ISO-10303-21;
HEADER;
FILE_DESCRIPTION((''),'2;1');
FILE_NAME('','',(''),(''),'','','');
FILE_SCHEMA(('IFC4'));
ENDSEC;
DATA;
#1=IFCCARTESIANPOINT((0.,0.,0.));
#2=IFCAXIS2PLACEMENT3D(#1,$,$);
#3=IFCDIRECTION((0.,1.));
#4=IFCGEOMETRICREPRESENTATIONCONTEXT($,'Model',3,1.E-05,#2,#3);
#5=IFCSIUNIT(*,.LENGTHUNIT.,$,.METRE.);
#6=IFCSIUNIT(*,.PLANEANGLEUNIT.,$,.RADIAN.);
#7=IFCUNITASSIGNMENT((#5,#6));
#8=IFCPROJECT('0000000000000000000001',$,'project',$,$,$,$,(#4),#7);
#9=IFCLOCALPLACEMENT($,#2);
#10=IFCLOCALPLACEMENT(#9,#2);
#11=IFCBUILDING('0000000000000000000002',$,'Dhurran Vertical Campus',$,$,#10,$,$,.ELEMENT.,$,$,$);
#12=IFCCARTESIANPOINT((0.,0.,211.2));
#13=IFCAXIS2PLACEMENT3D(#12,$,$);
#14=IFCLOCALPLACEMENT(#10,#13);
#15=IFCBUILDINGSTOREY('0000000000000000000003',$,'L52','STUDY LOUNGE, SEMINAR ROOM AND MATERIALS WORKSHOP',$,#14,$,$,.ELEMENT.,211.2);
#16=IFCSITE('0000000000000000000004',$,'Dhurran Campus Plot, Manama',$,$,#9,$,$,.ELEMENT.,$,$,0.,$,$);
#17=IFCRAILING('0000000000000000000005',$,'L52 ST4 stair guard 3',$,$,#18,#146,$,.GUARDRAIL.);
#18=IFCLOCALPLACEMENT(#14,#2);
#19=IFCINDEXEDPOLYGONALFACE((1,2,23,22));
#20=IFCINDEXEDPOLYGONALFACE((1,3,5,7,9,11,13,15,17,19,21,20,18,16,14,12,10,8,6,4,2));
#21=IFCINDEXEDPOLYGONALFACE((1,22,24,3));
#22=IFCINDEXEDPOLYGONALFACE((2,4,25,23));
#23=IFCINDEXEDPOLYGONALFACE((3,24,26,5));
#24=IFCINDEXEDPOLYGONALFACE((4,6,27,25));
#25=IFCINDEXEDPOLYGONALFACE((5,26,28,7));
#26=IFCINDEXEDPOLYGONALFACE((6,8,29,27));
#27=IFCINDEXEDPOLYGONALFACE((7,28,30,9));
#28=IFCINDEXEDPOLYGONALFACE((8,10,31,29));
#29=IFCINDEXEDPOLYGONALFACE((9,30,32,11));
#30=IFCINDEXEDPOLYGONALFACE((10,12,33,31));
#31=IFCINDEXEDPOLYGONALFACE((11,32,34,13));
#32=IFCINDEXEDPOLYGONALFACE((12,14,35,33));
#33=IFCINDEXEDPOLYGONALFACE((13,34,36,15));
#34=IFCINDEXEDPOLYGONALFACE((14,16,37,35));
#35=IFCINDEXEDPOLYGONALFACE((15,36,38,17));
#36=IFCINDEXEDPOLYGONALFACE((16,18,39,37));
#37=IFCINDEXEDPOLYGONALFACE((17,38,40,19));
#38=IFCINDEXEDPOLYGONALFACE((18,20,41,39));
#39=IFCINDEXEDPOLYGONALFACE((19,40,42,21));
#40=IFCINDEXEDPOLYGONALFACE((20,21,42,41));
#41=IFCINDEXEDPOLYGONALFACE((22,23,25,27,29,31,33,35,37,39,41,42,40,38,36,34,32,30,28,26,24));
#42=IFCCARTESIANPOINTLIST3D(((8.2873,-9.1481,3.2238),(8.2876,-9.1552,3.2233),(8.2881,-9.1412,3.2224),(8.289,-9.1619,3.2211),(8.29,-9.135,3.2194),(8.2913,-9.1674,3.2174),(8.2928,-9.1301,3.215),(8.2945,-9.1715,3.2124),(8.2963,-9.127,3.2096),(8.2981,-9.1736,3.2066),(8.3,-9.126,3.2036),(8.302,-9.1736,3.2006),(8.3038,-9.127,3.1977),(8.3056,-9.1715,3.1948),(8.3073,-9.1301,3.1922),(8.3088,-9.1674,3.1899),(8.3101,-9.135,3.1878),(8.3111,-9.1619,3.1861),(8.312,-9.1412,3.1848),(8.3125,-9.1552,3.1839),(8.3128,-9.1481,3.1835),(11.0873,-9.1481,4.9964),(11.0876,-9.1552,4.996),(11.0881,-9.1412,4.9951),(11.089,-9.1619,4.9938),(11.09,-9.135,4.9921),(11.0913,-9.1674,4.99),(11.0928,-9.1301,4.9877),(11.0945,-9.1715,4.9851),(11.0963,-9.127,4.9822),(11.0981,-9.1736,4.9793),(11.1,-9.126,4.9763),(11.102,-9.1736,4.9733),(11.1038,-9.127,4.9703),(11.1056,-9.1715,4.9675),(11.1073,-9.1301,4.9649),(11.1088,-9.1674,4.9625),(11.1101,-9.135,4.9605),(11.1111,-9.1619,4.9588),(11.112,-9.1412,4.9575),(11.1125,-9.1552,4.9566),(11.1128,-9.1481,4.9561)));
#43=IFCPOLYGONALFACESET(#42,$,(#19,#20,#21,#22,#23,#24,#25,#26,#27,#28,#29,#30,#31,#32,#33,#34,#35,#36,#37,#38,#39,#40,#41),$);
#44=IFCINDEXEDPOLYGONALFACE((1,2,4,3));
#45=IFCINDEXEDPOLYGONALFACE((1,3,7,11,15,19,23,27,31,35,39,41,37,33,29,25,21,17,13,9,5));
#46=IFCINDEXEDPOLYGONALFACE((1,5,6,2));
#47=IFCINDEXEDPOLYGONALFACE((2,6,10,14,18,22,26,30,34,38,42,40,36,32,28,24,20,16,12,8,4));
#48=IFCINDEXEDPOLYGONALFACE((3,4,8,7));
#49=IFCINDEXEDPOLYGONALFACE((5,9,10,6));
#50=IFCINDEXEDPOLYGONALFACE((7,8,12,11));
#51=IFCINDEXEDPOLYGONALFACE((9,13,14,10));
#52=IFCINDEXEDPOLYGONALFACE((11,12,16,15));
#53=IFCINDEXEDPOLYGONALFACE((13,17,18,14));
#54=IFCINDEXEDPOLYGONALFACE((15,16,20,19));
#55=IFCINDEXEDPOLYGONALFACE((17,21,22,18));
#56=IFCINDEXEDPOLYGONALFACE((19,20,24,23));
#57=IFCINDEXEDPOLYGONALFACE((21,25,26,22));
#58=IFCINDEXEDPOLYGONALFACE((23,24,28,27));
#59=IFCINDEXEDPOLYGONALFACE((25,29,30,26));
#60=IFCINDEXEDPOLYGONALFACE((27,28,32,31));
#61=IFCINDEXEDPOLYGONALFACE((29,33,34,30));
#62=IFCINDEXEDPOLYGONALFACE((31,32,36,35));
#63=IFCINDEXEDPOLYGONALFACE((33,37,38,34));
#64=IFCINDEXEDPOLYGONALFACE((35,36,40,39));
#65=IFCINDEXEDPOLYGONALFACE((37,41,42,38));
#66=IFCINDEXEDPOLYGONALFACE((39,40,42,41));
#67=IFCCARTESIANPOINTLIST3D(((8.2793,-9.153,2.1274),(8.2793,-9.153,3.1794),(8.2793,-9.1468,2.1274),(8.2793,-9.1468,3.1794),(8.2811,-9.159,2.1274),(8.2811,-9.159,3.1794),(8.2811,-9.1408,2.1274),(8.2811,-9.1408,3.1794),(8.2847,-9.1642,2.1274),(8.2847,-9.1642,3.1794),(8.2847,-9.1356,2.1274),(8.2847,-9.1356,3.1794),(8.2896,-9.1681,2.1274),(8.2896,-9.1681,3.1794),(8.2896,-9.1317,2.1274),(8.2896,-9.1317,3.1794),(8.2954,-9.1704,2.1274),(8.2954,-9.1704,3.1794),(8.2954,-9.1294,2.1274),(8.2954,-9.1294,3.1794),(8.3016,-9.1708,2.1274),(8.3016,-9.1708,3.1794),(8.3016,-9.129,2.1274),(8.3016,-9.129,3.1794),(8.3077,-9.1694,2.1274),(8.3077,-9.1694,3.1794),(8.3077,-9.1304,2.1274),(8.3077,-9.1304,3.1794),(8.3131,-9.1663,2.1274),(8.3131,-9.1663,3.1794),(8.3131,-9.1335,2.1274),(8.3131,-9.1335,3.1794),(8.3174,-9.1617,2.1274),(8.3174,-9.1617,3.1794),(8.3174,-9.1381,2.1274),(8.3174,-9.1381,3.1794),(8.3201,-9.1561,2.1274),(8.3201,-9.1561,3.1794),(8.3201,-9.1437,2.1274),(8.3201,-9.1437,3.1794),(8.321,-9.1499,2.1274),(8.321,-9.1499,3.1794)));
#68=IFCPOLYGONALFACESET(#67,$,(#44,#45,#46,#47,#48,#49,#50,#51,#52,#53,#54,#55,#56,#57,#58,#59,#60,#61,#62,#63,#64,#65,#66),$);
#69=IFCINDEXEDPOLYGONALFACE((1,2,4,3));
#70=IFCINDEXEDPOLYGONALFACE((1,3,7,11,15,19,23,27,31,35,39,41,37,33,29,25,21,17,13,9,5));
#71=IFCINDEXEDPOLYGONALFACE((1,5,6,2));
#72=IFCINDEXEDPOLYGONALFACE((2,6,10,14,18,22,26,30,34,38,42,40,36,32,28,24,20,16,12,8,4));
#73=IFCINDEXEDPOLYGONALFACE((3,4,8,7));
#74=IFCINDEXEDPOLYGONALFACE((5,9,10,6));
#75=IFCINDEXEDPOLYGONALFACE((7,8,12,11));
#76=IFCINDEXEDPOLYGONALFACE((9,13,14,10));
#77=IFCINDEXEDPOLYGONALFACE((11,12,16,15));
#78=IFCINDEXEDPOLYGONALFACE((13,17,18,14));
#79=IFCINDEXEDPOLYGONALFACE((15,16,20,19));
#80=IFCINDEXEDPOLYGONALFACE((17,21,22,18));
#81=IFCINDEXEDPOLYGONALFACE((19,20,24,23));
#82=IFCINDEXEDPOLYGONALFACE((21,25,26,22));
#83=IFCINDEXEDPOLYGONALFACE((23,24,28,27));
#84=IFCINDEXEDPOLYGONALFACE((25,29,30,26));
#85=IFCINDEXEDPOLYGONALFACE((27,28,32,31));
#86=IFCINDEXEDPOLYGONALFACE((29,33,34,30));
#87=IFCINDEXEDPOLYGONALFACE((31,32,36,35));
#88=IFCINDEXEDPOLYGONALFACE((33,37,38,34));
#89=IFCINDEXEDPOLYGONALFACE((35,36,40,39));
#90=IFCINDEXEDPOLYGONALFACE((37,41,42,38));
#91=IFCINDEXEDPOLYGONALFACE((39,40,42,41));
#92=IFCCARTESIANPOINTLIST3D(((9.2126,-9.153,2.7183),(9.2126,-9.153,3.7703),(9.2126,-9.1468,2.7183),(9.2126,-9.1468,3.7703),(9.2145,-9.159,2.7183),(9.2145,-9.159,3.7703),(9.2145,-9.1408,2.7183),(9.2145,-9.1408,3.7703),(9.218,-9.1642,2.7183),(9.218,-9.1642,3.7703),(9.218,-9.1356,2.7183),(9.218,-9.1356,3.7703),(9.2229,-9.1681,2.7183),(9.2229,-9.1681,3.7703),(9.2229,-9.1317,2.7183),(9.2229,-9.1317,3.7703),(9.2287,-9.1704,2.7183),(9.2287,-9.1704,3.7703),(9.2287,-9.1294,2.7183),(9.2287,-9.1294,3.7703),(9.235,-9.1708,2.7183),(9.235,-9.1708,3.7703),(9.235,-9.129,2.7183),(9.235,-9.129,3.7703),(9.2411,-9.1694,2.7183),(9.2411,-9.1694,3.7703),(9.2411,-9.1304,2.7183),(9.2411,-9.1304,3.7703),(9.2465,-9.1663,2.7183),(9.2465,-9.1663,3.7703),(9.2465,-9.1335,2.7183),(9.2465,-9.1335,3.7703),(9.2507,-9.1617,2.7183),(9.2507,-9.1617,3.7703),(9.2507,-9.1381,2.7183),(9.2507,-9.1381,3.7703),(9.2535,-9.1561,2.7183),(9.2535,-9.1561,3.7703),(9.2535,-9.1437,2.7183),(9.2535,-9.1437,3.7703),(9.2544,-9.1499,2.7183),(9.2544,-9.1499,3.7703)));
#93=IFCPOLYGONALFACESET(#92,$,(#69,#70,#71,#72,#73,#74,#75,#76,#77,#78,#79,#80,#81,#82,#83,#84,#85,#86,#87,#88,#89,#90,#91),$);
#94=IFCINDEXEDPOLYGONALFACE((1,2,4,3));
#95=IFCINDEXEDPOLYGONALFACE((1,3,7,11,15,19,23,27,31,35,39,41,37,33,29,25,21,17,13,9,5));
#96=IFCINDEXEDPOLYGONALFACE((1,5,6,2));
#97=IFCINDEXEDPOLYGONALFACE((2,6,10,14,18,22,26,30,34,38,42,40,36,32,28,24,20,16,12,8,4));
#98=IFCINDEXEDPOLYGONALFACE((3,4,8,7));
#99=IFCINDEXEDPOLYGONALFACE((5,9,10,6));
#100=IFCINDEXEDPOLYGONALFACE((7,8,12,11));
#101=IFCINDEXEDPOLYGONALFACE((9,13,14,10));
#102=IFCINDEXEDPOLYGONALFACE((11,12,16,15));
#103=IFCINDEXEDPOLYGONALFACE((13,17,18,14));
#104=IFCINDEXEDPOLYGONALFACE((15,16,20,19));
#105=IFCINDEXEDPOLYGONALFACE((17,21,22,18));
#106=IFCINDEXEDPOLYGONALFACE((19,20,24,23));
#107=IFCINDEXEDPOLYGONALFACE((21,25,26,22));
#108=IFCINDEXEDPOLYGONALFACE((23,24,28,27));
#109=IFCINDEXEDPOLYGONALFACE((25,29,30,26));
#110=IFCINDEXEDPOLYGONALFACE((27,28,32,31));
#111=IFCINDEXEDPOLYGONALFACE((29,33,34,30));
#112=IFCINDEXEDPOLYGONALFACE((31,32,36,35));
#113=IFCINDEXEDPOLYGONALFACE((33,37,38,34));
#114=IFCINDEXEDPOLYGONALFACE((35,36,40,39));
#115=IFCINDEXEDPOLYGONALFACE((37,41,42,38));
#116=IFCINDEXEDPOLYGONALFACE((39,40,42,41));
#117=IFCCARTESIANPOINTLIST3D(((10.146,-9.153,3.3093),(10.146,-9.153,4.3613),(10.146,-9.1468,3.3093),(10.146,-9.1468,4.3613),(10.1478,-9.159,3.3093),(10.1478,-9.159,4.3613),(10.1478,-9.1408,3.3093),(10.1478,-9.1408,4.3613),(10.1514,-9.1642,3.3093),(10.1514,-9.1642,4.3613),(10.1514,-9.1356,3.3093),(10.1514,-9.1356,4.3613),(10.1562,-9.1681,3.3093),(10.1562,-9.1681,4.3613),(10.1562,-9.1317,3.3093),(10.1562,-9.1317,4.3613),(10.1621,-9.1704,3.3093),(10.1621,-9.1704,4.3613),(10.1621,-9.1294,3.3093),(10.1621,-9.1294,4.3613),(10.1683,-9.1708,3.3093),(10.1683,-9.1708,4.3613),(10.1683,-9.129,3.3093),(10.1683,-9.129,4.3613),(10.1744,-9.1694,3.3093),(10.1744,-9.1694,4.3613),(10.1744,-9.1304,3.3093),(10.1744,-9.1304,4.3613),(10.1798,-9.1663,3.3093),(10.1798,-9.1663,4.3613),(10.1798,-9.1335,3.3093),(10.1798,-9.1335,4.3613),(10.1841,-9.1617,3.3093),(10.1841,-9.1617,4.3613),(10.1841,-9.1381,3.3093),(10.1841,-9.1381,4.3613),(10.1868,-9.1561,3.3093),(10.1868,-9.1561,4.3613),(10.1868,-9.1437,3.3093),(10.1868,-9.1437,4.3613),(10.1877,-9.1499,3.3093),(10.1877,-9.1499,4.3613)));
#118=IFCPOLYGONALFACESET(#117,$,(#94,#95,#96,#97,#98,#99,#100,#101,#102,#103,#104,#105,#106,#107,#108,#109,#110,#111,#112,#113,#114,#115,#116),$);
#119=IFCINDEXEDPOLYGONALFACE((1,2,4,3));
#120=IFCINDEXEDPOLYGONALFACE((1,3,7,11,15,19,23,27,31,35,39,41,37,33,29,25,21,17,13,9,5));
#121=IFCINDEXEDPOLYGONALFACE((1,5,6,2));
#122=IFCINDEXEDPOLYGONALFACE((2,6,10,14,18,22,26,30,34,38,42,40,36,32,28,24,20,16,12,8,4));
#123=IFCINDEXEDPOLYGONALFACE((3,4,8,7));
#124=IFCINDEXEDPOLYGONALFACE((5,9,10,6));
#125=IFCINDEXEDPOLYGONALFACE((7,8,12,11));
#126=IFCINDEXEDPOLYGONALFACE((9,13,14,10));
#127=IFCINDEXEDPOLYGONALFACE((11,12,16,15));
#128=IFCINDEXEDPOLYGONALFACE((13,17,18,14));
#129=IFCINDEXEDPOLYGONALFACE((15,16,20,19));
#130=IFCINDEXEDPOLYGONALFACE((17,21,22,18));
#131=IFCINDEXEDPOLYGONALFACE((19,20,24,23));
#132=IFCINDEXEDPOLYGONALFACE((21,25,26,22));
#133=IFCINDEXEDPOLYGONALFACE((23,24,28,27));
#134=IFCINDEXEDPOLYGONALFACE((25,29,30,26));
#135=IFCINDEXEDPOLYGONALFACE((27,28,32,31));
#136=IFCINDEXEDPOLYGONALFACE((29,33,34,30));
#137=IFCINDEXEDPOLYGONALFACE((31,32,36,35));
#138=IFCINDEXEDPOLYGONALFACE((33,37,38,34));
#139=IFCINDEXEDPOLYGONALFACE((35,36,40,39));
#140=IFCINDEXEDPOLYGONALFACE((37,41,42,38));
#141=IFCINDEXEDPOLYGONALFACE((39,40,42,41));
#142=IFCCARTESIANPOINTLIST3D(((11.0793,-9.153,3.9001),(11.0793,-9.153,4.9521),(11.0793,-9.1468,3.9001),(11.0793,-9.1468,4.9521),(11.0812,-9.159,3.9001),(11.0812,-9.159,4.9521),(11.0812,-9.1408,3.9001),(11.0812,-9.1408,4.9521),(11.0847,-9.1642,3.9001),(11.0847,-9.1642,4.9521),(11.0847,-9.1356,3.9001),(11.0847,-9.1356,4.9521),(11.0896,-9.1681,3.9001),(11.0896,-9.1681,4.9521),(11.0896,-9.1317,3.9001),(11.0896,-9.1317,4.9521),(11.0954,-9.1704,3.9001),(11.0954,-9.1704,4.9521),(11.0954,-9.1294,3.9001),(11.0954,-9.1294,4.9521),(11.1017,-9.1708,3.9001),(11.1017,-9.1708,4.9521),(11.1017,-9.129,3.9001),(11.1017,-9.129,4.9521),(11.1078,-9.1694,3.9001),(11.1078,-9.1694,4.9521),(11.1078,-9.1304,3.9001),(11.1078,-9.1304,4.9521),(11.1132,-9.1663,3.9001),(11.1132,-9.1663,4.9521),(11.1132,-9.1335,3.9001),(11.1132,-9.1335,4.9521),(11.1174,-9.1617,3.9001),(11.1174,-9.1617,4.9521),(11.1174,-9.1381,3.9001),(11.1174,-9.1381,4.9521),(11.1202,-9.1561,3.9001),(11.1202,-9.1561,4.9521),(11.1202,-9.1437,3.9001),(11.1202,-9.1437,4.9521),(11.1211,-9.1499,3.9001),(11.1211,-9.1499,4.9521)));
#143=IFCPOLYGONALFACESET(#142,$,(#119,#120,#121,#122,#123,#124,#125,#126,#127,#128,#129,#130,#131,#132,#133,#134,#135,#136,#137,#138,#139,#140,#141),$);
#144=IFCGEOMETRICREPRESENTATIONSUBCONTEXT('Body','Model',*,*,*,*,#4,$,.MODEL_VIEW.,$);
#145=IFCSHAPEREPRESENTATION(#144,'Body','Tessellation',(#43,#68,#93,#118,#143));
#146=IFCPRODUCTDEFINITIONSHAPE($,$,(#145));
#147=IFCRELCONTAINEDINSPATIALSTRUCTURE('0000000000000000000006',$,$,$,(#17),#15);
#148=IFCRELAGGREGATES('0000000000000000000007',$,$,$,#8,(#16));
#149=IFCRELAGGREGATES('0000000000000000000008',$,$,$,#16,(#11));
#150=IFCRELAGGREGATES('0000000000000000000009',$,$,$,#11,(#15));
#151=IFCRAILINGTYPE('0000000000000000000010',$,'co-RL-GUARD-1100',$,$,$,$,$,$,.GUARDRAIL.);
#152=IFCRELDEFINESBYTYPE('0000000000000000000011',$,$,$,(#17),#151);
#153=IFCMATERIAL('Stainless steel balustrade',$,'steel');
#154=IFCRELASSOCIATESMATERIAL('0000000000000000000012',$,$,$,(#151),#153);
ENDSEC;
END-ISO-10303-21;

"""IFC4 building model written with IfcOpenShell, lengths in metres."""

from ifc_helpers import new_model, si_unit, direction, frame, origin, origin_2d, place, context, subcontext, project, spatial, circle, extrude, material, type_object, element, save


model = new_model("IFC4")

# Units and contexts
model_context = context("Model", 3, precision=1e-05, world=origin(), true_north=direction((0.0, 1.0)))
body_context = subcontext(model_context, "Body", "Model", "MODEL_VIEW")
ifc_project = project(units=[si_unit("LENGTHUNIT", "METRE"), si_unit("PLANEANGLEUNIT", "RADIAN")], contexts=[model_context])

# Site, building, storey
site_placement = place(None, origin())
site = spatial("IfcSite", under=ifc_project, at=site_placement, Name="Dhurran Campus Plot, Manama", CompositionType="ELEMENT", RefElevation=0.0)
building_placement = place(site_placement, origin())
building = spatial("IfcBuilding", under=site, at=building_placement, Name="Dhurran Vertical Campus", CompositionType="ELEMENT")
storey_placement = place(building_placement, frame((0.0, 0.0, 211.2)))
storey = spatial("IfcBuildingStorey", under=building, at=storey_placement, Name="L52", Description="STUDY LOUNGE, SEMINAR ROOM AND MATERIALS WORKSHOP", CompositionType="ELEMENT", Elevation=211.2)

# Railing
ifc_material_1 = material(Name="Stainless steel balustrade", Category="steel")
railing_type_1 = type_object("IfcRailingType", Name="co-RL-GUARD-1100", PredefinedType="GUARDRAIL", material=ifc_material_1)
railing_1_placement = place(storey_placement, frame((8.3, -9.1499, 2.1274)))
element("IfcRailing", 1, at=railing_1_placement, inside=storey, type_object=railing_type_1, Name="L52 ST4 stair guard 3", PredefinedType="GUARDRAIL", context=body_context, shape_type="SweptSolid", body=[
    extrude(circle(Radius=0.0239, at=origin_2d()), frame((0.0, 0.0, 1.0762), z_axis=(0.844909, 0.0, 0.53491), x_axis=(0.0, 1.0, 0.0)), (0.0, 0.0, 1.0), 3.314),
    extrude(circle(Radius=0.021, at=origin_2d()), origin(), (0.0, 0.0, 1.0), 1.052),
    extrude(circle(Radius=0.021, at=origin_2d()), frame((0.9333, 0.0, 0.5908)), (0.0, 0.0, 1.0), 1.052),
    extrude(circle(Radius=0.021, at=origin_2d()), frame((1.8667, 0.0, 1.1819)), (0.0, 0.0, 1.0), 1.052),
    extrude(circle(Radius=0.021, at=origin_2d()), frame((2.8, 0.0, 1.7727)), (0.0, 0.0, 1.0), 1.052),
])

save(model, "model.ifc")
